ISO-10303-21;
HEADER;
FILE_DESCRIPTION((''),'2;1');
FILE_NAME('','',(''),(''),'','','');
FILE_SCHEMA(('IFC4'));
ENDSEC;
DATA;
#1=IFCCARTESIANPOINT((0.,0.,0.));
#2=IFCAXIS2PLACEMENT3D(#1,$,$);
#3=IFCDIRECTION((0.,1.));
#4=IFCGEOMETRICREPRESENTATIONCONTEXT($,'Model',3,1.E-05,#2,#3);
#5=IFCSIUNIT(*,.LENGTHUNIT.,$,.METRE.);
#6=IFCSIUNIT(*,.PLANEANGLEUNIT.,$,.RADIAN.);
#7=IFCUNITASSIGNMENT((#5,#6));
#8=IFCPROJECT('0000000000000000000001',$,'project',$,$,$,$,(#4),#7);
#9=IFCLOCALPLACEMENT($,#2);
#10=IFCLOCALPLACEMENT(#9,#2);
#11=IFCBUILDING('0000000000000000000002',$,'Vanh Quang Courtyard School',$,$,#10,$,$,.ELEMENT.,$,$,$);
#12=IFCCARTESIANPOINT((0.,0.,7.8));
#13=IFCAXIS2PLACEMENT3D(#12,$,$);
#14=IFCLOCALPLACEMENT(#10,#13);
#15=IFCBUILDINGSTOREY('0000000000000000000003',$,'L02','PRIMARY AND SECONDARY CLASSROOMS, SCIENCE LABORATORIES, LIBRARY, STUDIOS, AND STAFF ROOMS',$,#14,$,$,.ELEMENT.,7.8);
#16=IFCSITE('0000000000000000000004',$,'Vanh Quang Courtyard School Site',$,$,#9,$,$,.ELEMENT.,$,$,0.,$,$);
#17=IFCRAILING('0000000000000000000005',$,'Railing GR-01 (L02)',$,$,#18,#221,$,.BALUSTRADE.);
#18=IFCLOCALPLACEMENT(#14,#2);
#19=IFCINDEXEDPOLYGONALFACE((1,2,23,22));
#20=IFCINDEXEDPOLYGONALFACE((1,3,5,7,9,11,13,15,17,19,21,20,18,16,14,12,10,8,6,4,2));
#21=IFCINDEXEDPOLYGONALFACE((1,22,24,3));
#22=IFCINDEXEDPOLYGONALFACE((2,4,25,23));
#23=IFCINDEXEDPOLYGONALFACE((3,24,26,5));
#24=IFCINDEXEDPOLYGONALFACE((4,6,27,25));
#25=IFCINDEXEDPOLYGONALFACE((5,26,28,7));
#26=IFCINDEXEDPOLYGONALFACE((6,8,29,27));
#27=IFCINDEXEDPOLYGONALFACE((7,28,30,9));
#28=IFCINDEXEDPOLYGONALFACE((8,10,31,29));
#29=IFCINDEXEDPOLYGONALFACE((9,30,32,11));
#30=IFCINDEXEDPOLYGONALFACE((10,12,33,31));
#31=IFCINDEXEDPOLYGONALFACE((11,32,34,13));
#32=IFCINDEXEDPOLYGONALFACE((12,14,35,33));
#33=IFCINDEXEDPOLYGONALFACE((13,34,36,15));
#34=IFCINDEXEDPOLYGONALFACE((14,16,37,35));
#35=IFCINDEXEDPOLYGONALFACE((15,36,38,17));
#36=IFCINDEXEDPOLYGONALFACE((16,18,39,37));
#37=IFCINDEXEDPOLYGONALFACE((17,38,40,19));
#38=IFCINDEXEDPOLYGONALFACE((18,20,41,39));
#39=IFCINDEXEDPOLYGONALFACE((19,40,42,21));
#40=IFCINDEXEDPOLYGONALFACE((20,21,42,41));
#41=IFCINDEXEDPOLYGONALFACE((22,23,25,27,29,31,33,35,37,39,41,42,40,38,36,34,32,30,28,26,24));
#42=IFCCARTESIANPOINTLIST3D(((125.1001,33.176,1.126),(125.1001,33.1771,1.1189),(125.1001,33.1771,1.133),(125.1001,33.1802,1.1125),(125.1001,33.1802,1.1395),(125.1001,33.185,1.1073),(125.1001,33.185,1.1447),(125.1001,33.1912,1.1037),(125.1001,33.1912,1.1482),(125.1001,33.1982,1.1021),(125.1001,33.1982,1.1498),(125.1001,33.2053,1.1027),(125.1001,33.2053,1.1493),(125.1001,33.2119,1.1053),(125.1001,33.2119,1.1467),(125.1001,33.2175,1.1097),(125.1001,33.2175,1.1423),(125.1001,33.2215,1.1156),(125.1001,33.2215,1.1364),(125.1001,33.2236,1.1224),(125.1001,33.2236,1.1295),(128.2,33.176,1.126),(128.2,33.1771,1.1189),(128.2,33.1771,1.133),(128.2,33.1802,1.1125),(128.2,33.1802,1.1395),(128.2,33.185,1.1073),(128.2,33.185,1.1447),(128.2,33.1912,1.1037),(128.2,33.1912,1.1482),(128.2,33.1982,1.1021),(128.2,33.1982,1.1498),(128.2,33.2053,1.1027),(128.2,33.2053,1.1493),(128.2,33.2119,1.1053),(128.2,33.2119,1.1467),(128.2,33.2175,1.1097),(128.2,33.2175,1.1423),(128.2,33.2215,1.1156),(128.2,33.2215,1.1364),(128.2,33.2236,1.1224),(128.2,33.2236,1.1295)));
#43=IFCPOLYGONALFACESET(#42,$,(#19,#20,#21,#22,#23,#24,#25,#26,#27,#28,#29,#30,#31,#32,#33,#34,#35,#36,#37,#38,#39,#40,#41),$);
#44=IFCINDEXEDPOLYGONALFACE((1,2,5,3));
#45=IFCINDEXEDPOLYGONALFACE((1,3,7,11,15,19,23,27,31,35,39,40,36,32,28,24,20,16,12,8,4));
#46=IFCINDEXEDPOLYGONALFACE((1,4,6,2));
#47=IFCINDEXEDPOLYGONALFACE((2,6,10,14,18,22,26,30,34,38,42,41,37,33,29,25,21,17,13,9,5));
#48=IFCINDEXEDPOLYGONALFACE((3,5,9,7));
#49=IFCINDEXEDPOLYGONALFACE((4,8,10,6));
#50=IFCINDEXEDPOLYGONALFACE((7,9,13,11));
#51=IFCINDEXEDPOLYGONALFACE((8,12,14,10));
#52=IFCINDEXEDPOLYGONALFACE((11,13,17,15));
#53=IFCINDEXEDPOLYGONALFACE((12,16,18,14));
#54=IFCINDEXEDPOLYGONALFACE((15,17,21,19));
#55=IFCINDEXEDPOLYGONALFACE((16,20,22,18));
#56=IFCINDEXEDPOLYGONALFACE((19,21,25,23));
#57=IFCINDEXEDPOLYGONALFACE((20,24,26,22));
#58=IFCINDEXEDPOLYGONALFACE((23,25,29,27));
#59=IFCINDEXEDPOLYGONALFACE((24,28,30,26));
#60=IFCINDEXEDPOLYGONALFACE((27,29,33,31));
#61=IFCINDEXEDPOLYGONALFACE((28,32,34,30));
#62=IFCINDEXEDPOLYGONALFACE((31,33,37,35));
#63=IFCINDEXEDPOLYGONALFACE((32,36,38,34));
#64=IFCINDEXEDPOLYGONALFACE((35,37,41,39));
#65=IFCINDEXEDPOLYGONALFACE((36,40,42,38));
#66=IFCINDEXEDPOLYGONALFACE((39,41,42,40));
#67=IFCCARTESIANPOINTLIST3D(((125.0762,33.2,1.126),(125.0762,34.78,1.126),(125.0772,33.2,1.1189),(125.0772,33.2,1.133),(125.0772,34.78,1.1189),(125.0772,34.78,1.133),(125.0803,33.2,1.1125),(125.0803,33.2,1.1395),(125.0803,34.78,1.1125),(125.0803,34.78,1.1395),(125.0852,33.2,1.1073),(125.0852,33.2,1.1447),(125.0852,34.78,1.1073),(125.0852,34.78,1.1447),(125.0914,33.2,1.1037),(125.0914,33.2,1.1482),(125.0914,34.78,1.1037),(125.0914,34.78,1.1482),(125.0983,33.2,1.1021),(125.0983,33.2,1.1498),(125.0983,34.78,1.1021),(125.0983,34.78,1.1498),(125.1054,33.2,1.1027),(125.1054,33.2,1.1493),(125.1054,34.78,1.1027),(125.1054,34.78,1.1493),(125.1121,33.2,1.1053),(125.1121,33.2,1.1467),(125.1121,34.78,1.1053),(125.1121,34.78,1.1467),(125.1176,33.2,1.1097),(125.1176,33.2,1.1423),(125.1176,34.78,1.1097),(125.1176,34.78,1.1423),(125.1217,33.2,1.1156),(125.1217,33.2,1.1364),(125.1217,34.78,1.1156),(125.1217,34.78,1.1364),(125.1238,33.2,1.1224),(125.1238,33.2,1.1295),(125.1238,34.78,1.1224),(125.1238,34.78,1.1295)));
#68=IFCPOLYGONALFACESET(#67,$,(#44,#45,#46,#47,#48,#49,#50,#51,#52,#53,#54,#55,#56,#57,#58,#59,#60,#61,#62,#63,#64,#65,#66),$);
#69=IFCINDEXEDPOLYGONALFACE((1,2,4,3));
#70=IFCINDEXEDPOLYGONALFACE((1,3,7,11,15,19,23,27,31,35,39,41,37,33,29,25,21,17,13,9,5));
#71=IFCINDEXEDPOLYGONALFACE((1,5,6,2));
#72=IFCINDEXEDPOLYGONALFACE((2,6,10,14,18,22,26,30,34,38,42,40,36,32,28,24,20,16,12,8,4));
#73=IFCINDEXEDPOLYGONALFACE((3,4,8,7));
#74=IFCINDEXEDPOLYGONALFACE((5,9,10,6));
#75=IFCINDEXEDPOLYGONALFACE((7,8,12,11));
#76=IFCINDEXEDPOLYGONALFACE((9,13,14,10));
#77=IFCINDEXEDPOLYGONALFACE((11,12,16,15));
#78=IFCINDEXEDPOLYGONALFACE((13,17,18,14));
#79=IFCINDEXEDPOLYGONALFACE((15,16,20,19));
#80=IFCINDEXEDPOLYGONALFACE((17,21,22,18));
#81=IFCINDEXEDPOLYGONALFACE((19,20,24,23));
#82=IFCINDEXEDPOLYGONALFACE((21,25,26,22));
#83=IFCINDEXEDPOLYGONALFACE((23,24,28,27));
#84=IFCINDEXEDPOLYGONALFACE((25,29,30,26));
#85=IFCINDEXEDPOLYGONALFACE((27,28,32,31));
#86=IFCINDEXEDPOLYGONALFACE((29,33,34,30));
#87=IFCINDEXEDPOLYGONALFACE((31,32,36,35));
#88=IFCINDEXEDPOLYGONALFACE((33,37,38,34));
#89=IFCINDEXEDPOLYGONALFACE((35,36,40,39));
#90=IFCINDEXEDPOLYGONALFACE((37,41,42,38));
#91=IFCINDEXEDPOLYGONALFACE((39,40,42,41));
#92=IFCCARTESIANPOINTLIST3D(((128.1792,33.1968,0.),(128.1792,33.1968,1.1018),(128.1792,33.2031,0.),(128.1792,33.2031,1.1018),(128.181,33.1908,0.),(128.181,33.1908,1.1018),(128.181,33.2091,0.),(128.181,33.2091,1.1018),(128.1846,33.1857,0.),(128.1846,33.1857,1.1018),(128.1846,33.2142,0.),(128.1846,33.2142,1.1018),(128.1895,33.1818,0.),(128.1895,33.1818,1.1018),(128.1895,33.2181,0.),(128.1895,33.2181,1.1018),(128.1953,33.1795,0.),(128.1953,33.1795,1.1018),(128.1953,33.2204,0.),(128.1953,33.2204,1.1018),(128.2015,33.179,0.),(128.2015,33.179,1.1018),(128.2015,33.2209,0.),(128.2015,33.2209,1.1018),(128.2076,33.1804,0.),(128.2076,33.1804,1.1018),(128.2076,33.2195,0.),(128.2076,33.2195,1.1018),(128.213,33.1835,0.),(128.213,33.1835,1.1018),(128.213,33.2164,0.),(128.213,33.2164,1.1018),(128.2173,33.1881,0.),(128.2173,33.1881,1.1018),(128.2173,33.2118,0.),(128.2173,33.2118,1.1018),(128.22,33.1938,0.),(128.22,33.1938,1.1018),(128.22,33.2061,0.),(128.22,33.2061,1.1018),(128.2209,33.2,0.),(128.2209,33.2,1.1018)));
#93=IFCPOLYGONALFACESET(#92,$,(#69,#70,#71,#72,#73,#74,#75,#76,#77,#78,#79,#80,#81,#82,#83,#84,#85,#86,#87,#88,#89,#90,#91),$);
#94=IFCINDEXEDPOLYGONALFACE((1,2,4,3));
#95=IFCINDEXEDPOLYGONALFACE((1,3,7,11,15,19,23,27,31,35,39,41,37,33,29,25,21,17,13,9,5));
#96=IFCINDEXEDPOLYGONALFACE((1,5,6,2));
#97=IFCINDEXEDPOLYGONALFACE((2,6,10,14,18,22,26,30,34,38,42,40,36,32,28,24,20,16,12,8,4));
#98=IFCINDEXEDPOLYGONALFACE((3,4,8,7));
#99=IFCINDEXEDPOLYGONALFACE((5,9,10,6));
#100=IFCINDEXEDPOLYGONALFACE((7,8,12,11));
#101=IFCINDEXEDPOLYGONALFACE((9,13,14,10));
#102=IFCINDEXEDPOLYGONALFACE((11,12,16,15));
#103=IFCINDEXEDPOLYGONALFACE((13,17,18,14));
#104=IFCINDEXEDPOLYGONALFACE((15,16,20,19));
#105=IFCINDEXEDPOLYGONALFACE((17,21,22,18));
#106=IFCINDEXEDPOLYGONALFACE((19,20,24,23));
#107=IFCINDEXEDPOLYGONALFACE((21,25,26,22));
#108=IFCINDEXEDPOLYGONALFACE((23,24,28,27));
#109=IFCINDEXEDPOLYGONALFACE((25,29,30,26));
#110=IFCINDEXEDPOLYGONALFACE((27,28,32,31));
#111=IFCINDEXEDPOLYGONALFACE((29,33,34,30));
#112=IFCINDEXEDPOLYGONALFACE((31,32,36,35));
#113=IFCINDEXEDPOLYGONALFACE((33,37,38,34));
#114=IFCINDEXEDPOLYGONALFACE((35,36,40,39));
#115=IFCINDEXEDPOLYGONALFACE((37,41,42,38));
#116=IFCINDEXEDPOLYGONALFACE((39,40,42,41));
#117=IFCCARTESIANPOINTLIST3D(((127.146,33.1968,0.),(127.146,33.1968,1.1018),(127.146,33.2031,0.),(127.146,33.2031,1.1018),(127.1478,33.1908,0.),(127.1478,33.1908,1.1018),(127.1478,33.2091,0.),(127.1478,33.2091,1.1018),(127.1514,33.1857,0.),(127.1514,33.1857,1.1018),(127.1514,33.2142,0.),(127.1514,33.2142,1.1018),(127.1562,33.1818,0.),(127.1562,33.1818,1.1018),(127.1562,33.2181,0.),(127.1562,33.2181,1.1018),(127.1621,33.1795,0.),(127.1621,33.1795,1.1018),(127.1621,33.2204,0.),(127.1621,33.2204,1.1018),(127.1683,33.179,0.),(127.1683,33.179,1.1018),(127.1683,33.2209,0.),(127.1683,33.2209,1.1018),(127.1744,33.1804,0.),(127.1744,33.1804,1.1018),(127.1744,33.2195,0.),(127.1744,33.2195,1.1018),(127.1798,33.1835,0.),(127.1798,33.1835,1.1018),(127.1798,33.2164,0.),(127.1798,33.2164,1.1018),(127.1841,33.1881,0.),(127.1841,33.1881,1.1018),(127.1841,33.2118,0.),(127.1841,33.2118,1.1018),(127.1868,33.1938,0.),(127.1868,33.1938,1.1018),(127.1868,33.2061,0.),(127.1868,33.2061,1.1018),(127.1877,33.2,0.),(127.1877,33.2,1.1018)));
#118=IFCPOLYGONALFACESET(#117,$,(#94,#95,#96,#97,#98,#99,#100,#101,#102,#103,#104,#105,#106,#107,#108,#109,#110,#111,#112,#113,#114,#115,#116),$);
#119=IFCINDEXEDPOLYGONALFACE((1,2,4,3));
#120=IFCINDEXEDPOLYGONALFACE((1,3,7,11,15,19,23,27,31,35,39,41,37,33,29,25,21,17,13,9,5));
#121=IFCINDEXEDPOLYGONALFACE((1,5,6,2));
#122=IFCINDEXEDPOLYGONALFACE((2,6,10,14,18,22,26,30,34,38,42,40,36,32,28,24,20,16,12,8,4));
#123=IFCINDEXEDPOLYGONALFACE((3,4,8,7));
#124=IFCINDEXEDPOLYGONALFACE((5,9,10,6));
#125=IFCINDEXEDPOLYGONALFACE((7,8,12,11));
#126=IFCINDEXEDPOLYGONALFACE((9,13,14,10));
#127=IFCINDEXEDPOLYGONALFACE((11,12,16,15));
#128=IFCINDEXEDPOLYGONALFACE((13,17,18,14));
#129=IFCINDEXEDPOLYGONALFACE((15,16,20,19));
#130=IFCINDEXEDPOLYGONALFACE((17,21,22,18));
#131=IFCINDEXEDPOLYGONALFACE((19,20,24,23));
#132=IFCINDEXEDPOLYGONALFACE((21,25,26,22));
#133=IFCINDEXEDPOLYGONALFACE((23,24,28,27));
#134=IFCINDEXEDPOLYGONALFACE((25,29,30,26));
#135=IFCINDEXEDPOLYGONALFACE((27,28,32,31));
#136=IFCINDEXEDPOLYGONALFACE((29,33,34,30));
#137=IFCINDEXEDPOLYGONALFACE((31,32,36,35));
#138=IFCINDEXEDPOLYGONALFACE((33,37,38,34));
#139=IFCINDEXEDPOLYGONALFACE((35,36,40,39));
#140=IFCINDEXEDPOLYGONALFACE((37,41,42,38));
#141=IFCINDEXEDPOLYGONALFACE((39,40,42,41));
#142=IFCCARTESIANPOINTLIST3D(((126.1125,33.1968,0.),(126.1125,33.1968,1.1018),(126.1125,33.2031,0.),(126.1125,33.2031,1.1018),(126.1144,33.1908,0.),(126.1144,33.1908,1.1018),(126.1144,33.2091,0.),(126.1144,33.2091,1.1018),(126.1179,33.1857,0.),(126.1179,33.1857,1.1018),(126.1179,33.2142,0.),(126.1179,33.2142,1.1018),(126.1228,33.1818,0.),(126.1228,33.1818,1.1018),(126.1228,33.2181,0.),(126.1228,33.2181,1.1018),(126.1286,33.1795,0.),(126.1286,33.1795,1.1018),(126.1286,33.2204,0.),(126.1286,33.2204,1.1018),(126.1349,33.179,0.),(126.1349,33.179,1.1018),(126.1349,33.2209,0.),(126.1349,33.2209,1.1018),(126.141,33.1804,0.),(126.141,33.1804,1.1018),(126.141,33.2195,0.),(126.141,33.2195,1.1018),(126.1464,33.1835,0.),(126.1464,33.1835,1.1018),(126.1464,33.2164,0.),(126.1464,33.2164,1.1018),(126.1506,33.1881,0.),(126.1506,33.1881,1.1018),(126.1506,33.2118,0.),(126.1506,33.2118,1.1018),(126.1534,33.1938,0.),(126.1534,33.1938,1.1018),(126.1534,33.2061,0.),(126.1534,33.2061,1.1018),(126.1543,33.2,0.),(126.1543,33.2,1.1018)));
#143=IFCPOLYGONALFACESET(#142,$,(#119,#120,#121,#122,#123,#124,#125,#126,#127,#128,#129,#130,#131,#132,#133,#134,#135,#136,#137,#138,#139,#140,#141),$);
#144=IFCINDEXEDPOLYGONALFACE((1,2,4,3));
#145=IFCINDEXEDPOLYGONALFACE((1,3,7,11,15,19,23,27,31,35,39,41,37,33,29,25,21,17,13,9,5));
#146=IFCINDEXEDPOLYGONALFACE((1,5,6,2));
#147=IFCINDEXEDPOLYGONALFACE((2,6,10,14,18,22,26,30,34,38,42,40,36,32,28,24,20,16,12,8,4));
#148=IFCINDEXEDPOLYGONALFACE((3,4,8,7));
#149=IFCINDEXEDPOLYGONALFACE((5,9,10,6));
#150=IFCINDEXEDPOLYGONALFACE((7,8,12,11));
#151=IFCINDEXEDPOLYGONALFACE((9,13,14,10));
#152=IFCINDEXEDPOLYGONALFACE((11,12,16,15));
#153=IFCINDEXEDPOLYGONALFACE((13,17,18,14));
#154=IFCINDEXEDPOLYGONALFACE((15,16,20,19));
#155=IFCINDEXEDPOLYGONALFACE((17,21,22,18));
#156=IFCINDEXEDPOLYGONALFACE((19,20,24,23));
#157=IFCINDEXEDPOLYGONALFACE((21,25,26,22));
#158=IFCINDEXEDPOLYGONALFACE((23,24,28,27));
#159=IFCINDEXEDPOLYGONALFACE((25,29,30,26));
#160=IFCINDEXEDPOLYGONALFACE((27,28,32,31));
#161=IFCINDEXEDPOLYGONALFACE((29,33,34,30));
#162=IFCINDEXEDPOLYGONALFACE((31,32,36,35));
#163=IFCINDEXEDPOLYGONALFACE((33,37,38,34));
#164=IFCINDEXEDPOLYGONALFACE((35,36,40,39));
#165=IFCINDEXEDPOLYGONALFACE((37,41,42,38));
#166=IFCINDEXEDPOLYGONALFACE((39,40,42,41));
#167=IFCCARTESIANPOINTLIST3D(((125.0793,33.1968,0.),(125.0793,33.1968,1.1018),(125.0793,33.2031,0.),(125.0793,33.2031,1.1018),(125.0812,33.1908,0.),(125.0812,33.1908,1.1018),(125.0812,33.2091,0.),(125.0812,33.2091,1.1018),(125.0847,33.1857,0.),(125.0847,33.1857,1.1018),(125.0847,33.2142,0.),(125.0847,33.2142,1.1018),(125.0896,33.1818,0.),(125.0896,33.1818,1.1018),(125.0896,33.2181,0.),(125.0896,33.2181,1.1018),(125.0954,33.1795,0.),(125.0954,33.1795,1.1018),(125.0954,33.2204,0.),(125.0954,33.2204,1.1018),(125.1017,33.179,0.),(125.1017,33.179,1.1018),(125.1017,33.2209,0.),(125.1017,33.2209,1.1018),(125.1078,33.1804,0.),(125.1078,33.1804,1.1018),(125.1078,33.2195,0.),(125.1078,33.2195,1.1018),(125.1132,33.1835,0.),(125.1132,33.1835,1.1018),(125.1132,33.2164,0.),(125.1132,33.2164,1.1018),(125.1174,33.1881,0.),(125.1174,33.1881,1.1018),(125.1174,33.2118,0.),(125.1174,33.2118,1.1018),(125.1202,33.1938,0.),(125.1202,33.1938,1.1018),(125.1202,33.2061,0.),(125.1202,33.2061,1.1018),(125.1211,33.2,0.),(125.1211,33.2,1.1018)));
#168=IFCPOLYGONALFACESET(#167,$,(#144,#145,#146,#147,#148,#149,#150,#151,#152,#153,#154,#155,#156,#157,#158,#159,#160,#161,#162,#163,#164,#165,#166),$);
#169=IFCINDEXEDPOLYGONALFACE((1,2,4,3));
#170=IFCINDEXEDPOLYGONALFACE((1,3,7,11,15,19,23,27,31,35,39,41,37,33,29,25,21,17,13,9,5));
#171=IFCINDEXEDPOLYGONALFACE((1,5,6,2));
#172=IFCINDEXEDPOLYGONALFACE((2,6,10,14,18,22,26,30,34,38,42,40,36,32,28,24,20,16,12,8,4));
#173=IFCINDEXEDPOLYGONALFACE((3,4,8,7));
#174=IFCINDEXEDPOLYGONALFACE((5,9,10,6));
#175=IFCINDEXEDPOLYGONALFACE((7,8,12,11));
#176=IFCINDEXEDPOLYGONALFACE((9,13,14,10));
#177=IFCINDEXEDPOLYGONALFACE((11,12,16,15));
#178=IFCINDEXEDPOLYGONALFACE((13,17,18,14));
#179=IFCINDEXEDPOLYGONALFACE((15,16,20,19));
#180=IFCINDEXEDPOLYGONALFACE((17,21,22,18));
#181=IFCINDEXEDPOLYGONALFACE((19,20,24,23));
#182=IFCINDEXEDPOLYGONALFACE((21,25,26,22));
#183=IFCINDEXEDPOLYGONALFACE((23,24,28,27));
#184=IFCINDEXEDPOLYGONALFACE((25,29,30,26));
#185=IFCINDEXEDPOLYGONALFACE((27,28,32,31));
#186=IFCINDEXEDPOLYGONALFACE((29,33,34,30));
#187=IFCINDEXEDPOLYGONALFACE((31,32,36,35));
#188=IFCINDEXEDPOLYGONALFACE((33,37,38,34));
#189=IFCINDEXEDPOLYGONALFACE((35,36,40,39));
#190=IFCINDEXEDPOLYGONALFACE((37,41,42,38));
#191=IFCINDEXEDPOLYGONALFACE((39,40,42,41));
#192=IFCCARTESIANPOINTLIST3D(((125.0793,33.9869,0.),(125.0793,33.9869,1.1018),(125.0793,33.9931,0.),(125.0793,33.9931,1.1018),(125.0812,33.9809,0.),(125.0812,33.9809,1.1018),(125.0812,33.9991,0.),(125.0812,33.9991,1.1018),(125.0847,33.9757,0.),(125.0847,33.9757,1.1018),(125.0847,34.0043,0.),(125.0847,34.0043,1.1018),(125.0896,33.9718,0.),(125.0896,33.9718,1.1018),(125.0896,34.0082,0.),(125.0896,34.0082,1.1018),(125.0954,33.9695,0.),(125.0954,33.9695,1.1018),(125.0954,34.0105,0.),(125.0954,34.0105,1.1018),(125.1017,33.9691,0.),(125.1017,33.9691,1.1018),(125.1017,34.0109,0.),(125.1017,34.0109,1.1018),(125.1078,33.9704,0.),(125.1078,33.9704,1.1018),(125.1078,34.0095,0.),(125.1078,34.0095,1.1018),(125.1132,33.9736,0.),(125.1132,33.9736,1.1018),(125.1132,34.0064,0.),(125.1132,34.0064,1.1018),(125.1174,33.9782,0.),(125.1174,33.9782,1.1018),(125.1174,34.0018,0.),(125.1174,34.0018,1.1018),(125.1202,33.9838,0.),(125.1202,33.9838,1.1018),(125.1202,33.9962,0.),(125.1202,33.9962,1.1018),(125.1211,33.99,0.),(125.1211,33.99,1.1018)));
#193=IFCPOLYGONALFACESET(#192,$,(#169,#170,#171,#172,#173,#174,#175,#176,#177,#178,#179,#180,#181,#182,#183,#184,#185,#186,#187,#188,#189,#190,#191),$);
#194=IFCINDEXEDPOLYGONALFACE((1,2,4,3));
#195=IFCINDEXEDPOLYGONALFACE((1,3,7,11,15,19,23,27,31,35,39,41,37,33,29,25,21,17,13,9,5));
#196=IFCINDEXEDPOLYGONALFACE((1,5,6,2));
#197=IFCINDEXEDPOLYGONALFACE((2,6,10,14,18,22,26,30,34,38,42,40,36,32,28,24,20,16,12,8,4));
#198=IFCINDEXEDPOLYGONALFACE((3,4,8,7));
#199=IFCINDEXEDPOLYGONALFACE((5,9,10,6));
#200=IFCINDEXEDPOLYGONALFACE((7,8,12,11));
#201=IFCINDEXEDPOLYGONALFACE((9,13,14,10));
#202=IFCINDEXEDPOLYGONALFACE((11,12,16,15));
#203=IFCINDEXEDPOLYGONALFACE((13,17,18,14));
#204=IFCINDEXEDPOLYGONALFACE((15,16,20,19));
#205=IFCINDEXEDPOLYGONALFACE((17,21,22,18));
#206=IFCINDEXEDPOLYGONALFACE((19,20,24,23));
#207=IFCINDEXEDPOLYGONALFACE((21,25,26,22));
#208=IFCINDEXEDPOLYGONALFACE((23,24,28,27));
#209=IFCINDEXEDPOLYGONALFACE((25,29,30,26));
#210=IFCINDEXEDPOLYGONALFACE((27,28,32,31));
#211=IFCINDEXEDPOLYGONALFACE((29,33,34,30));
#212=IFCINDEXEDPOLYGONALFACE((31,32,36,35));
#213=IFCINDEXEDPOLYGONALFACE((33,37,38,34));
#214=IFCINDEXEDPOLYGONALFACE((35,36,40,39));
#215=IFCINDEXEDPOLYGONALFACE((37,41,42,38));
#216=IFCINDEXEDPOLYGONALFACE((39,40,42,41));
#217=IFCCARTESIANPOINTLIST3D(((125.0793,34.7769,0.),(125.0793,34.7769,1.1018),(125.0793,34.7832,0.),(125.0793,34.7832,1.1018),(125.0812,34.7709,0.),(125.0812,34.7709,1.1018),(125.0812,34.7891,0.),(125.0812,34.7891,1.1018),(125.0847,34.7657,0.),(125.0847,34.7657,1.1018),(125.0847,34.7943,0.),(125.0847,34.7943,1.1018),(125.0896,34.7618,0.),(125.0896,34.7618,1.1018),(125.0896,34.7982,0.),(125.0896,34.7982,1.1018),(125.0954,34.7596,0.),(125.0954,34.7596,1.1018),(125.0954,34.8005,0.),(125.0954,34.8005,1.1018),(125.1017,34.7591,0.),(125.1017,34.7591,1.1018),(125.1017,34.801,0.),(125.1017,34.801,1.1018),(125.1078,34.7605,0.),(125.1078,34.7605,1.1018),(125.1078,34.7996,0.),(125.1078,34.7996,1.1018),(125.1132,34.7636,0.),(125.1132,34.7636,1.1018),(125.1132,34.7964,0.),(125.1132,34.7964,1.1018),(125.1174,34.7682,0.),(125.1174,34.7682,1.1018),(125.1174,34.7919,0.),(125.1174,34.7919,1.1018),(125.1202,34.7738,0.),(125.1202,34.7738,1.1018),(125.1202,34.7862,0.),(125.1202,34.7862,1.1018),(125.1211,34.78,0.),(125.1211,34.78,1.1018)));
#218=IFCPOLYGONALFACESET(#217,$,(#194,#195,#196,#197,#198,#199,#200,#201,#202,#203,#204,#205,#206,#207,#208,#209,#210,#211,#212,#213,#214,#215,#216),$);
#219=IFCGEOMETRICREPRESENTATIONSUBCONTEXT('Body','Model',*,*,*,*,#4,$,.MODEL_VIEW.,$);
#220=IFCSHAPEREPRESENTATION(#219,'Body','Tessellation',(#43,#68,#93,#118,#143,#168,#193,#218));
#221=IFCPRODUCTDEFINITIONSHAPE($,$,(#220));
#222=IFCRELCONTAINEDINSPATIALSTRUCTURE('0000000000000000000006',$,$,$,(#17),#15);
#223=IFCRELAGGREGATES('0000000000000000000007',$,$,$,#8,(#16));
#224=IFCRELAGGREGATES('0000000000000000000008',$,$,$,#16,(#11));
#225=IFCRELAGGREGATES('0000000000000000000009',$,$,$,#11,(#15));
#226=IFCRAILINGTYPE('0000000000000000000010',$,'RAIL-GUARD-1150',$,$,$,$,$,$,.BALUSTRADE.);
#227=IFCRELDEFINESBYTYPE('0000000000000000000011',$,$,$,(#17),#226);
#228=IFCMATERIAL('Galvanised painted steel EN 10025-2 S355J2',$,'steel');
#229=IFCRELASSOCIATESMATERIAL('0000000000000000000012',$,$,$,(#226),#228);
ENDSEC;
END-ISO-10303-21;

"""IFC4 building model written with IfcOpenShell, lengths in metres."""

from ifc_helpers import new_model, si_unit, direction, frame, origin, origin_2d, place, context, subcontext, project, spatial, circle, extrude, material, type_object, element, save


model = new_model("IFC4")

# Units and contexts
model_context = context("Model", 3, precision=1e-05, world=origin(), true_north=direction((0.0, 1.0)))
body_context = subcontext(model_context, "Body", "Model", "MODEL_VIEW")
ifc_project = project(units=[si_unit("LENGTHUNIT", "METRE"), si_unit("PLANEANGLEUNIT", "RADIAN")], contexts=[model_context])

# Site, building, storey
site_placement = place(None, origin())
site = spatial("IfcSite", under=ifc_project, at=site_placement, Name="Vanh Quang Courtyard School Site", CompositionType="ELEMENT", RefElevation=0.0)
building_placement = place(site_placement, origin())
building = spatial("IfcBuilding", under=site, at=building_placement, Name="Vanh Quang Courtyard School", CompositionType="ELEMENT")
storey_placement = place(building_placement, frame((0.0, 0.0, 7.8)))
storey = spatial("IfcBuildingStorey", under=building, at=storey_placement, Name="L02", Description="PRIMARY AND SECONDARY CLASSROOMS, SCIENCE LABORATORIES, LIBRARY, STUDIOS, AND STAFF ROOMS", CompositionType="ELEMENT", Elevation=7.8)

# Railing
ifc_material_1 = material(Name="Galvanised painted steel EN 10025-2 S355J2", Category="steel")
railing_type = type_object("IfcRailingType", Name="RAIL-GUARD-1150", PredefinedType="BALUSTRADE", material=ifc_material_1)
railing_1_placement = place(storey_placement, frame((128.2, 33.2, 0.0)))
element("IfcRailing", 1, at=railing_1_placement, inside=storey, type_object=railing_type, Name="Railing GR-01 (L02)", PredefinedType="BALUSTRADE", context=body_context, shape_type="SweptSolid", body=[
    extrude(circle(Radius=0.0239, at=origin_2d()), frame((0.0, 0.0, 1.126), z_axis=(-1.0, 0.0, 0.0), x_axis=(0.0, -1.0, 0.0)), (0.0, 0.0, 1.0), 3.0999),
    extrude(circle(Radius=0.0239, at=origin_2d()), frame((-3.0999, 0.0, 1.126), z_axis=(0.0, 1.0, 0.0), x_axis=(-1.0, 0.0, 0.0)), (0.0, 0.0, 1.0), 1.5801),
    extrude(circle(Radius=0.021, at=origin_2d()), origin(), (0.0, 0.0, 1.0), 1.1018),
    extrude(circle(Radius=0.021, at=origin_2d()), frame((-1.0332, 0.0, 0.0)), (0.0, 0.0, 1.0), 1.1018),
    extrude(circle(Radius=0.021, at=origin_2d()), frame((-2.0667, 0.0, 0.0)), (0.0, 0.0, 1.0), 1.1018),
    extrude(circle(Radius=0.021, at=origin_2d()), frame((-3.0999, 0.0, 0.0)), (0.0, 0.0, 1.0), 1.1018),
    extrude(circle(Radius=0.021, at=origin_2d()), frame((-3.0999, 0.79, 0.0)), (0.0, 0.0, 1.0), 1.1018),
    extrude(circle(Radius=0.021, at=origin_2d()), frame((-3.0999, 1.5801, 0.0)), (0.0, 0.0, 1.0), 1.1018),
])

save(model, "model.ifc")
